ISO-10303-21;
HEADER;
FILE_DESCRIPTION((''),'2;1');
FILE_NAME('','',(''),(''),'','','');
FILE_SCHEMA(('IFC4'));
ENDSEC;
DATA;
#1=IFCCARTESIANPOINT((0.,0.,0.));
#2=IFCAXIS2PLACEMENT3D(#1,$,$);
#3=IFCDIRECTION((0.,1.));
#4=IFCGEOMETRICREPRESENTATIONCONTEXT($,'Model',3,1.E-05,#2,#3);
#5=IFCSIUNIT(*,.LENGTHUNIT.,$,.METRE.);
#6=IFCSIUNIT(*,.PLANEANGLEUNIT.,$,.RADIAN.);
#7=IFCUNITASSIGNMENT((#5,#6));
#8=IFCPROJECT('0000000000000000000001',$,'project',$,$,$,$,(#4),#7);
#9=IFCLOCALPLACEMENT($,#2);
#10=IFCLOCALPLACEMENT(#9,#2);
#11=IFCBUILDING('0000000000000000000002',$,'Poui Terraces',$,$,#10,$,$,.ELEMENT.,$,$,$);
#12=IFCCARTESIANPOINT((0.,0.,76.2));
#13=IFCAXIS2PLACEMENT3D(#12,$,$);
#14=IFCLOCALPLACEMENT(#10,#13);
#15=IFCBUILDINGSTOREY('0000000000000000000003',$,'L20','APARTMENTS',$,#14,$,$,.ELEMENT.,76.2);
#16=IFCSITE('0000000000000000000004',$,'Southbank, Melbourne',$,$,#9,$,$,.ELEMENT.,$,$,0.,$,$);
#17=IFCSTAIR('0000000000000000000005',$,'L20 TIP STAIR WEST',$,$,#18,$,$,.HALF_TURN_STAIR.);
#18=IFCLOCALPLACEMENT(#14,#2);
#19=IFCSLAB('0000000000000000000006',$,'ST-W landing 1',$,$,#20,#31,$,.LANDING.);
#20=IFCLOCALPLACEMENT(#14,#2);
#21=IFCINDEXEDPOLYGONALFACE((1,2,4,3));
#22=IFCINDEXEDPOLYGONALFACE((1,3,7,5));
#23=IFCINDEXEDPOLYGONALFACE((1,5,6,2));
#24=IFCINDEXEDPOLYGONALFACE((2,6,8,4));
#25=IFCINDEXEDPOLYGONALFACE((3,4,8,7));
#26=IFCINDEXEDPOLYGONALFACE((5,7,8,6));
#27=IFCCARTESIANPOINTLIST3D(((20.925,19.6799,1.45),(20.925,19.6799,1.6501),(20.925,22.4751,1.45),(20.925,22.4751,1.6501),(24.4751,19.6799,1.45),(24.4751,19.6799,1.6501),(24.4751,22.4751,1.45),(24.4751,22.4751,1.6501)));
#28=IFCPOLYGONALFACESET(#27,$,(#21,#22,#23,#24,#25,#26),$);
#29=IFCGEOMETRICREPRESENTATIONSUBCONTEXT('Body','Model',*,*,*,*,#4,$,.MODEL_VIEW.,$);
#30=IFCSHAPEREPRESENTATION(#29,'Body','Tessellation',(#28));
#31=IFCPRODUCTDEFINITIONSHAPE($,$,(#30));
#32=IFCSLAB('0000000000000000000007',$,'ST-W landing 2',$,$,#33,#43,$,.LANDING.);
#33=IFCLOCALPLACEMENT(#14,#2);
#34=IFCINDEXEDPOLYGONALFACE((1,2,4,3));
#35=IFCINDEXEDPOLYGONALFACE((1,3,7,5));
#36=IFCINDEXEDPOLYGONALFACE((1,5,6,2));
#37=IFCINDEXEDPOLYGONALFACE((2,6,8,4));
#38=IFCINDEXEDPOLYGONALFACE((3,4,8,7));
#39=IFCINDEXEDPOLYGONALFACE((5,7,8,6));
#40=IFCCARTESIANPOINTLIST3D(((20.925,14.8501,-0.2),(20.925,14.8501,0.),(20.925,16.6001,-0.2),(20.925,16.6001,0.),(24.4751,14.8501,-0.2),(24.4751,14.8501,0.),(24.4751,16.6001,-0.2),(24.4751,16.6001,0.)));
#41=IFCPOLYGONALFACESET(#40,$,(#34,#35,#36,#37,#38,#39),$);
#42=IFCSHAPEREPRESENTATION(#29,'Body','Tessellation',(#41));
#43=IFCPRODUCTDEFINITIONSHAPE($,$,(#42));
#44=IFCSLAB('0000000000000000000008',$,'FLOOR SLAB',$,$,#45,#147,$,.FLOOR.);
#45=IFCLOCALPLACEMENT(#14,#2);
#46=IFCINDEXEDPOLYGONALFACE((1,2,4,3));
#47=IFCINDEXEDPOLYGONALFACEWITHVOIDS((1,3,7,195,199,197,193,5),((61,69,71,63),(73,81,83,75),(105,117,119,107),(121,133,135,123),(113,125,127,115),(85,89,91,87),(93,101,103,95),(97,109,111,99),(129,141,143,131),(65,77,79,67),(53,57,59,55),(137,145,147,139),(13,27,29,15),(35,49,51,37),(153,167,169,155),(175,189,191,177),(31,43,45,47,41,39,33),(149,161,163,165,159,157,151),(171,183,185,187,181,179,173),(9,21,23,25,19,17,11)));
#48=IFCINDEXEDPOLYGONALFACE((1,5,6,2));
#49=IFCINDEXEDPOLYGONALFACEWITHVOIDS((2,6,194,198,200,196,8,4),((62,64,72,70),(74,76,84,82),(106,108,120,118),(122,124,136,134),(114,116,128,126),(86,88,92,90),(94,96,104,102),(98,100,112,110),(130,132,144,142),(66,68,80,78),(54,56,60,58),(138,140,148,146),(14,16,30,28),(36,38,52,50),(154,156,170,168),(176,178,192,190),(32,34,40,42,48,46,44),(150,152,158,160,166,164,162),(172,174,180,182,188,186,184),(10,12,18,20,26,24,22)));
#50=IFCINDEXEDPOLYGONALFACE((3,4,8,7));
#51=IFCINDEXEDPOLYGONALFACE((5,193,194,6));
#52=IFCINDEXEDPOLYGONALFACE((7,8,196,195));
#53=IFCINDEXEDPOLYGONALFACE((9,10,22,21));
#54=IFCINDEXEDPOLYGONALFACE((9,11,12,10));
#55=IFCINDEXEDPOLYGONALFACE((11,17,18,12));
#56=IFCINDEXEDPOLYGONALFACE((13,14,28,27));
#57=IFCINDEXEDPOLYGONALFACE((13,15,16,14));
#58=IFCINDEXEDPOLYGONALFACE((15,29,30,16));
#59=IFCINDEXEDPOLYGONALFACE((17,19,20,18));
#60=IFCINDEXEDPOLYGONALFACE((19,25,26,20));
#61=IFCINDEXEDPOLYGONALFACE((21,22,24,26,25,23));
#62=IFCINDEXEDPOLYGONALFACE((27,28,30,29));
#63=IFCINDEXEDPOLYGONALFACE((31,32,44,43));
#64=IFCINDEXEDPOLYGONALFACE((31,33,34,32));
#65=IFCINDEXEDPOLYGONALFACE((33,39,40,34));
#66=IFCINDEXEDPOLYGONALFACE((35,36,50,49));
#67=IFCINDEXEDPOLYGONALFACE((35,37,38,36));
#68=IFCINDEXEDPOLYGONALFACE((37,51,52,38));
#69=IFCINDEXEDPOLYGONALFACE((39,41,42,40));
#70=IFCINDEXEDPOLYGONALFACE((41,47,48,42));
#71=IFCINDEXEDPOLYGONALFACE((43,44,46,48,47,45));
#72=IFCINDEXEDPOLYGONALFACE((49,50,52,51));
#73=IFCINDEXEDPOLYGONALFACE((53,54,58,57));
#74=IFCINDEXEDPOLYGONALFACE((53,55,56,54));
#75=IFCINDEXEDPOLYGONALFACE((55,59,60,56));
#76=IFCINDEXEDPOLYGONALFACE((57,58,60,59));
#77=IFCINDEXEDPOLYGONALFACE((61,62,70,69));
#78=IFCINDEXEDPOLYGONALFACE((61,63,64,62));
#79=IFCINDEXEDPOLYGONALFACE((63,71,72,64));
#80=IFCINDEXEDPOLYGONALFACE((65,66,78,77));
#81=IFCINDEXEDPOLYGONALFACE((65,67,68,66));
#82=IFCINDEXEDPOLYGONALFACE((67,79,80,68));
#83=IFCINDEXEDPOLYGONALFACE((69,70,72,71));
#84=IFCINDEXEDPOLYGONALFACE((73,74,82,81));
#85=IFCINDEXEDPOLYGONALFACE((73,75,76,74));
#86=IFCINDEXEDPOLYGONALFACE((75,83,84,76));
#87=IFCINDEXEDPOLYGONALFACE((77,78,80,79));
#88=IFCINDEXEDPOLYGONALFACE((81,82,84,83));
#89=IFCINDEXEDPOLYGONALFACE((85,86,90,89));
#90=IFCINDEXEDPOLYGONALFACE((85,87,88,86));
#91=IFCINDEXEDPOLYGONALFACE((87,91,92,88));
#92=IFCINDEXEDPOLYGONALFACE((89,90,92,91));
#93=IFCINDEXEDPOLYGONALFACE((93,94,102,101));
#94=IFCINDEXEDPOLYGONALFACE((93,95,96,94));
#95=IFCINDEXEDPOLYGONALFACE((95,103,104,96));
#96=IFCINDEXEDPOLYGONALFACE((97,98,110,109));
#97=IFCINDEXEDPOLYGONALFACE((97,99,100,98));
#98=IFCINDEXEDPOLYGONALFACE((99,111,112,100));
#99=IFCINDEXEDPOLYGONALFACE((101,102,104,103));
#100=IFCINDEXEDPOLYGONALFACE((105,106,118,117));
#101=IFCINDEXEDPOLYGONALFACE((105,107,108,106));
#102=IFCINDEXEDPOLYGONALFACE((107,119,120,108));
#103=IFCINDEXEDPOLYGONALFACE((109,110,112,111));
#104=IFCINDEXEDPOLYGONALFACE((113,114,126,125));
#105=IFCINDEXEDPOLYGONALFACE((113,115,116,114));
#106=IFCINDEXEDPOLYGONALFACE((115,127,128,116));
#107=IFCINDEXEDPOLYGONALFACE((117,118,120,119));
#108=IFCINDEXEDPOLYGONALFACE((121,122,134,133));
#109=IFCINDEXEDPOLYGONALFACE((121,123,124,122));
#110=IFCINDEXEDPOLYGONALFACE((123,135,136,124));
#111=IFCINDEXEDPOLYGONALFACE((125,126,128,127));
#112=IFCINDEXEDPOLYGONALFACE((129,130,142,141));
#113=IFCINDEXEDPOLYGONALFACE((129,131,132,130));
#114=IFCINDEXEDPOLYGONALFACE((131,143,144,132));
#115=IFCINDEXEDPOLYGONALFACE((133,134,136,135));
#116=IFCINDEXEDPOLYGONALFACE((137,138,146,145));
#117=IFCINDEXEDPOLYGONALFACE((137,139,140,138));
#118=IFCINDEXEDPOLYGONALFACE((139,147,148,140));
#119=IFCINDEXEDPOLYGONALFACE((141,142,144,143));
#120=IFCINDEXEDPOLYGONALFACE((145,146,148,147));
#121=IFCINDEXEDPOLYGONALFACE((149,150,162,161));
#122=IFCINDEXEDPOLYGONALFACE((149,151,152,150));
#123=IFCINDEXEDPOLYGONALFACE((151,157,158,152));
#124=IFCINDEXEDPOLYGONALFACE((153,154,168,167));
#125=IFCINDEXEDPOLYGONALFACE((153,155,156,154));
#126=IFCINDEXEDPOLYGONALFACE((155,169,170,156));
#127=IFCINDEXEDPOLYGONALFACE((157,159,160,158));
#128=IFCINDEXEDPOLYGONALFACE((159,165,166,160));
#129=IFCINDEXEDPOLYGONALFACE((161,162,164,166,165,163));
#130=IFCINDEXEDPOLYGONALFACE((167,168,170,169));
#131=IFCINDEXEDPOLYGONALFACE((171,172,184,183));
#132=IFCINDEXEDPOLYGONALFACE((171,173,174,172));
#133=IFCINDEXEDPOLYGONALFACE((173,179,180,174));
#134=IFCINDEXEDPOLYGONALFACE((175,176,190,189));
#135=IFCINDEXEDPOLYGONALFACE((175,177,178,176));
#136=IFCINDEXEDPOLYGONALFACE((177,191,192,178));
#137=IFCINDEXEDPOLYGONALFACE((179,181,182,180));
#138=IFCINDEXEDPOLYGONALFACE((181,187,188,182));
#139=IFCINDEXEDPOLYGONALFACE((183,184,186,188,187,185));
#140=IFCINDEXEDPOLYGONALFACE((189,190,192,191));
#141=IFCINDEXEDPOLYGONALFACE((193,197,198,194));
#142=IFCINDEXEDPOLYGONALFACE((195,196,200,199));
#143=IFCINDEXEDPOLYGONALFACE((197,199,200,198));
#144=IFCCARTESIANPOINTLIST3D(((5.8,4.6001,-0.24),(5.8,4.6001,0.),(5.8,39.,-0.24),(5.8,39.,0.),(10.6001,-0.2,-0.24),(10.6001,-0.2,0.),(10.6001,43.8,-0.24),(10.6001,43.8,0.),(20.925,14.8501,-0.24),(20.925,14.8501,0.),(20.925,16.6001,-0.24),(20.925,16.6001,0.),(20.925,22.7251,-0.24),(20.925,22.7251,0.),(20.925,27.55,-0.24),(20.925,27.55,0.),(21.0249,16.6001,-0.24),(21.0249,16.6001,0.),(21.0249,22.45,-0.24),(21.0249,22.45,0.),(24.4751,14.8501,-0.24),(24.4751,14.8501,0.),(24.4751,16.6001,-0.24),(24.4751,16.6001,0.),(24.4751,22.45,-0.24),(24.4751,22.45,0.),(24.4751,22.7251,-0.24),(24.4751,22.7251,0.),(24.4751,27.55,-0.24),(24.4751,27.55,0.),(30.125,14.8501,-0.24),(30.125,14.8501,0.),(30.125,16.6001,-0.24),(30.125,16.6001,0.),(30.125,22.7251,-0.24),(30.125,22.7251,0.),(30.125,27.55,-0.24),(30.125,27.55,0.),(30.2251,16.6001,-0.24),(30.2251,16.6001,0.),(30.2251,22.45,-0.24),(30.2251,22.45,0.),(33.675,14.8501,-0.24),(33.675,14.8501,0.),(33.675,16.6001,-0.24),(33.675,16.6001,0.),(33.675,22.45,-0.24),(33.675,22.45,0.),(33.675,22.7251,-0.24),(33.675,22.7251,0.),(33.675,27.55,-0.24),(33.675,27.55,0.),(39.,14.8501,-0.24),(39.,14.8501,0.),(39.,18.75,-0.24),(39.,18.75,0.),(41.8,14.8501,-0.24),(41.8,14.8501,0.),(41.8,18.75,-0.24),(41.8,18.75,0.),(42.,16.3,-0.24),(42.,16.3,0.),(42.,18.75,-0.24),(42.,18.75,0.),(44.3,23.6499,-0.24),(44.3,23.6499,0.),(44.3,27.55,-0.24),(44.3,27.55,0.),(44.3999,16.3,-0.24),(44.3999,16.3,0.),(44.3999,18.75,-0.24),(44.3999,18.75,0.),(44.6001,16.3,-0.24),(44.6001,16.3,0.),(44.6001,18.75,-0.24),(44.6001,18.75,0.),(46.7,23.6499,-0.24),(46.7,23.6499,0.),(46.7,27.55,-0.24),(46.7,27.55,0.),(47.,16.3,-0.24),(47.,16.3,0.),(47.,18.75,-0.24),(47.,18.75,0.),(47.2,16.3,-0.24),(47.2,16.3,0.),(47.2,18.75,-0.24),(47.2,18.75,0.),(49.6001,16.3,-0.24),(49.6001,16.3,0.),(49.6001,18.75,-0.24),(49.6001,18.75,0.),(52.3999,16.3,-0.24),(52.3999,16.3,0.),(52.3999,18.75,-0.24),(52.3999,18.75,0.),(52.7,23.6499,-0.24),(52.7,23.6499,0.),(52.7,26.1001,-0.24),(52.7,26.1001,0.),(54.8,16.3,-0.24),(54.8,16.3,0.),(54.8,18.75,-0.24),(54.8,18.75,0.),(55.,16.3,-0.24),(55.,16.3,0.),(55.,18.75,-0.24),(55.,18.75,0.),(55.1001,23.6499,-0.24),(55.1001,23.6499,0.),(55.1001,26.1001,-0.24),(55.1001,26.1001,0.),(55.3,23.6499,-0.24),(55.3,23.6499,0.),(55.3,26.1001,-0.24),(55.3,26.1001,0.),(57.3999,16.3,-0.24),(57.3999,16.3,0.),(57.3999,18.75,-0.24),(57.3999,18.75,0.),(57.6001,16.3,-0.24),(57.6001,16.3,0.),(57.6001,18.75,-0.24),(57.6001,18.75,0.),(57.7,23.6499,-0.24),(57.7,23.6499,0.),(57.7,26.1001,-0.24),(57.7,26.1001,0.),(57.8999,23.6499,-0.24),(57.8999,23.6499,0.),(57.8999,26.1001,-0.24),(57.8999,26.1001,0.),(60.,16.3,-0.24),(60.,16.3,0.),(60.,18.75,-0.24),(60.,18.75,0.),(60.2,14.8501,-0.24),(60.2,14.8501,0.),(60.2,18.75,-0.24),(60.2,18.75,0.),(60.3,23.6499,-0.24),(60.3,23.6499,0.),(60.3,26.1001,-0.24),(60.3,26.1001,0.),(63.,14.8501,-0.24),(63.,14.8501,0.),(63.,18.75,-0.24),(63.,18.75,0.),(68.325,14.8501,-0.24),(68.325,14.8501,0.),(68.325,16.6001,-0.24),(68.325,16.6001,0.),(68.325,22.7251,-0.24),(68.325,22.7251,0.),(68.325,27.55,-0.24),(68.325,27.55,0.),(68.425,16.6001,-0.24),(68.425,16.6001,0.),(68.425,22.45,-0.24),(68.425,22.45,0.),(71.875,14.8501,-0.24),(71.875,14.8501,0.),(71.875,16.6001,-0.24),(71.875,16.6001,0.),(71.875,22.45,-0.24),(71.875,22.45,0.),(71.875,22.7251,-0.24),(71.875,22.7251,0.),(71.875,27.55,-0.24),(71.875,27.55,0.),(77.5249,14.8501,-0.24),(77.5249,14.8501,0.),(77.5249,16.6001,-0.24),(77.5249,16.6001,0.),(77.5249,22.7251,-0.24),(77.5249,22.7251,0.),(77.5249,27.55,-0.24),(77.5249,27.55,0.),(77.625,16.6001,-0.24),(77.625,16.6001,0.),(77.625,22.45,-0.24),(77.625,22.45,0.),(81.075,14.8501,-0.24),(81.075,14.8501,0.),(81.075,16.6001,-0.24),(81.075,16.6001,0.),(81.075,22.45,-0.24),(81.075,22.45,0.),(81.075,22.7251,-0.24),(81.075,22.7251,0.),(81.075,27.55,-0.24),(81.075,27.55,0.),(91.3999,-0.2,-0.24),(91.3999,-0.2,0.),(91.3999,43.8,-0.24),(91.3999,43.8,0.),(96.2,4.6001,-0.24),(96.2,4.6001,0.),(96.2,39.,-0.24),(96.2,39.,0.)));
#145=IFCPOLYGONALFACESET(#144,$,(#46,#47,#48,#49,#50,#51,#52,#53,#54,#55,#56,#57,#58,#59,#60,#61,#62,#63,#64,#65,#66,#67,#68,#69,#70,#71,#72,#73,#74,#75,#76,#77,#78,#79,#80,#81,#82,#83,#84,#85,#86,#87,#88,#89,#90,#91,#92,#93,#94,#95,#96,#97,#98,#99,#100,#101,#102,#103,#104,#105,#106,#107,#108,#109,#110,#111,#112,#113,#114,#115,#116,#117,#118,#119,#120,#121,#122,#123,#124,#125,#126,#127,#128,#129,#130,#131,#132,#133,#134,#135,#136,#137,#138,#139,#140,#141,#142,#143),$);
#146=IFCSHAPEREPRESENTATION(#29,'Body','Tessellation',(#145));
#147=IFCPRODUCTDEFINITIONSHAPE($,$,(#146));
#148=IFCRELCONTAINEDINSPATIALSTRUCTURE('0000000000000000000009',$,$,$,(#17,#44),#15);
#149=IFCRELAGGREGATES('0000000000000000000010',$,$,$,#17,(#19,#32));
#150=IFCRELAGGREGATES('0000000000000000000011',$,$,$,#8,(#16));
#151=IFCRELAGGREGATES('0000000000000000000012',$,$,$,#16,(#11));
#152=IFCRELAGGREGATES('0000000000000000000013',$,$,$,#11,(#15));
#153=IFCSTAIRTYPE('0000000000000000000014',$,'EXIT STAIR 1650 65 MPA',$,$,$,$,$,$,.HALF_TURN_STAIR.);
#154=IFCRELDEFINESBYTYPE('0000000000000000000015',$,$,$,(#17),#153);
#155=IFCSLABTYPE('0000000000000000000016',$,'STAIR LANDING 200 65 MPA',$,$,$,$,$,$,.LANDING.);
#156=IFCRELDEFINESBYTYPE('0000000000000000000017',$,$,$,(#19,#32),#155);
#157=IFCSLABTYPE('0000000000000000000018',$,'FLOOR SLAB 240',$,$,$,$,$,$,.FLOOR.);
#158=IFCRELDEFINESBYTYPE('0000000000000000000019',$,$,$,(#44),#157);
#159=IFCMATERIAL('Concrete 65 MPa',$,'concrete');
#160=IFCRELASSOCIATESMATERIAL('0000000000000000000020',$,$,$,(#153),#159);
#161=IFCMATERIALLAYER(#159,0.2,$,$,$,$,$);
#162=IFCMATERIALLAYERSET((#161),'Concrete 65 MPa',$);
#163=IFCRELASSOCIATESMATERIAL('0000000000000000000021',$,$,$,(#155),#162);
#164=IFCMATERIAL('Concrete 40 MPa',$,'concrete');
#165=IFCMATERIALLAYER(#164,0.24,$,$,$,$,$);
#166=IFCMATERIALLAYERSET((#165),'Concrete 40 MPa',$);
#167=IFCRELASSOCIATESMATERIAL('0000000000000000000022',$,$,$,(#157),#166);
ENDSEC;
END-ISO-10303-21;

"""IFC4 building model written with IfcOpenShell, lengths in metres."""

from ifc_helpers import new_model, si_unit, direction, frame, origin, place, context, subcontext, project, spatial, polyline, outline, extrude, source, transform, mapped, material, layer, layer_set, type_object, element, aggregate, save


model = new_model("IFC4")

# Units and contexts
model_context = context("Model", 3, precision=1e-05, world=origin(), true_north=direction((0.0, 1.0)))
body_context = subcontext(model_context, "Body", "Model", "MODEL_VIEW")
ifc_project = project(units=[si_unit("LENGTHUNIT", "METRE"), si_unit("PLANEANGLEUNIT", "RADIAN")], contexts=[model_context])

# Site, building, storey
site_placement = place(None, origin())
site = spatial("IfcSite", under=ifc_project, at=site_placement, Name="Southbank, Melbourne", CompositionType="ELEMENT", RefElevation=0.0)
building_placement = place(site_placement, origin())
building = spatial("IfcBuilding", under=site, at=building_placement, Name="Poui Terraces", CompositionType="ELEMENT")
storey_placement = place(building_placement, frame((0.0, 0.0, 76.2)))
storey = spatial("IfcBuildingStorey", under=building, at=storey_placement, Name="L20", Description="APARTMENTS", CompositionType="ELEMENT", Elevation=76.2)

# Stair, slabs
ifc_material_1 = material(Name="Concrete 65 MPa", Category="concrete")
stair_type = type_object("IfcStairType", Name="EXIT STAIR 1650 65 MPA", PredefinedType="HALF_TURN_STAIR", material=ifc_material_1)
stair_placement = place(storey_placement, origin())
stair = element("IfcStair", 1, at=stair_placement, inside=storey, type_object=stair_type, Name="L20 TIP STAIR WEST", PredefinedType="HALF_TURN_STAIR")
ifc_layer_1 = layer(ifc_material_1, 0.2)
ifc_layer_set_1 = layer_set([ifc_layer_1], Name="Concrete 65 MPa")
slab_type_1 = type_object("IfcSlabType", Name="STAIR LANDING 200 65 MPA", PredefinedType="LANDING", material=ifc_layer_set_1)
slab_1_placement = place(storey_placement, frame((0.0, 0.0, 1.45)))
slab_1 = element("IfcSlab", 2, at=slab_1_placement, type_object=slab_type_1, Name="ST-W landing 1", PredefinedType="LANDING", context=body_context, shape_type="SweptSolid", body=[
    extrude(outline(polyline([(20.925, 19.6799), (24.4751, 19.6799), (24.4751, 22.4751), (20.925, 22.4751), (20.925, 19.6799)])), origin(), (0.0, 0.0, 1.0), 0.2002),
])
slab_2_placement = place(storey_placement, frame((0.0, 0.0, -0.2)))
slab_2 = element("IfcSlab", 3, at=slab_2_placement, type_object=slab_type_1, Name="ST-W landing 2", PredefinedType="LANDING", context=body_context, shape_type="SweptSolid", body=[
    extrude(outline(polyline([(20.925, 14.8501), (24.4751, 14.8501), (24.4751, 16.6001), (20.925, 16.6001), (20.925, 14.8501)])), origin(), (0.0, 0.0, 1.0), 0.2),
])
aggregate(stair, [slab_1, slab_2])

# Slab
ifc_material_2 = material(Name="Concrete 40 MPa", Category="concrete")
ifc_layer_2 = layer(ifc_material_2, 0.24)
ifc_layer_set_2 = layer_set([ifc_layer_2], Name="Concrete 40 MPa")
slab_type_2 = type_object("IfcSlabType", Name="FLOOR SLAB 240", PredefinedType="FLOOR", material=ifc_layer_set_2)
shared_shape = source(origin(), body_context, "Body", "SweptSolid", [
    extrude(outline(polyline([(0.0, 0.0), (4.8, -4.8), (85.5999, -4.8), (90.3999, 0.0), (90.3999, 34.3999), (85.5999, 39.2), (4.8, 39.2), (0.0, 34.3999), (0.0, 0.0)]), holes=[polyline([(33.2, 10.25), (33.2, 14.1499), (36.0, 14.1499), (36.0, 10.25), (33.2, 10.25)]), polyline([(36.2, 11.7), (36.2, 14.1499), (38.5999, 14.1499), (38.5999, 11.7), (36.2, 11.7)]), polyline([(38.8, 11.7), (38.8, 14.1499), (41.2, 14.1499), (41.2, 11.7), (38.8, 11.7)]), polyline([(41.3999, 14.1499), (43.8, 14.1499), (43.8, 11.7), (41.3999, 11.7), (41.3999, 14.1499)]), polyline([(46.5999, 14.1499), (49.0, 14.1499), (49.0, 11.7), (46.5999, 11.7), (46.5999, 14.1499)]), polyline([(15.2249, 17.8499), (18.675, 17.8499), (18.675, 12.0), (18.675, 10.25), (15.125, 10.25), (15.125, 12.0), (15.2249, 12.0), (15.2249, 17.8499)]), polyline([(24.425, 17.8499), (27.875, 17.8499), (27.875, 12.0), (27.875, 10.25), (24.325, 10.25), (24.325, 12.0), (24.425, 12.0), (24.425, 17.8499)]), polyline([(15.125, 18.125), (15.125, 22.95), (18.675, 22.95), (18.675, 18.125), (15.125, 18.125)]), polyline([(24.325, 22.95), (27.875, 22.95), (27.875, 18.125), (24.325, 18.125), (24.325, 22.95)]), polyline([(38.5, 22.95), (40.8999, 22.95), (40.8999, 19.0498), (38.5, 19.0498), (38.5, 22.95)]), polyline([(54.3999, 10.25), (54.3999, 14.1499), (57.2, 14.1499), (57.2, 10.25), (54.3999, 10.25)]), polyline([(49.2, 11.7), (49.2, 14.1499), (51.5999, 14.1499), (51.5999, 11.7), (49.2, 11.7)]), polyline([(51.8, 11.7), (51.8, 14.1499), (54.2, 14.1499), (54.2, 11.7), (51.8, 11.7)]), polyline([(66.075, 17.8499), (66.075, 12.0), (66.075, 10.25), (62.5249, 10.25), (62.5249, 12.0), (62.625, 12.0), (62.625, 17.8499), (66.075, 17.8499)]), polyline([(75.2749, 17.8499), (75.2749, 12.0), (75.2749, 10.25), (71.7249, 10.25), (71.7249, 12.0), (71.825, 12.0), (71.825, 17.8499), (75.2749, 17.8499)]), polyline([(46.8999, 19.0498), (46.8999, 21.5), (49.3, 21.5), (49.3, 19.0498), (46.8999, 19.0498)]), polyline([(49.5, 19.0498), (49.5, 21.5), (51.8999, 21.5), (51.8999, 19.0498), (49.5, 19.0498)]), polyline([(52.0999, 19.0498), (52.0999, 21.5), (54.5, 21.5), (54.5, 19.0498), (52.0999, 19.0498)]), polyline([(62.5249, 22.95), (66.075, 22.95), (66.075, 18.125), (62.5249, 18.125), (62.5249, 22.95)]), polyline([(71.7249, 22.95), (75.2749, 22.95), (75.2749, 18.125), (71.7249, 18.125), (71.7249, 22.95)])]), origin(), (0.0, 0.0, 1.0), 0.24),
])
slab_3_placement = place(storey_placement, frame((5.8, 4.6001, -0.24)))
element("IfcSlab", 4, at=slab_3_placement, inside=storey, type_object=slab_type_2, Name="FLOOR SLAB", PredefinedType="FLOOR", context=body_context, shape_type="MappedRepresentation", body=[
    mapped(shared_shape, transform((0.0, 0.0, 0.0))),
])

save(model, "model.ifc")
